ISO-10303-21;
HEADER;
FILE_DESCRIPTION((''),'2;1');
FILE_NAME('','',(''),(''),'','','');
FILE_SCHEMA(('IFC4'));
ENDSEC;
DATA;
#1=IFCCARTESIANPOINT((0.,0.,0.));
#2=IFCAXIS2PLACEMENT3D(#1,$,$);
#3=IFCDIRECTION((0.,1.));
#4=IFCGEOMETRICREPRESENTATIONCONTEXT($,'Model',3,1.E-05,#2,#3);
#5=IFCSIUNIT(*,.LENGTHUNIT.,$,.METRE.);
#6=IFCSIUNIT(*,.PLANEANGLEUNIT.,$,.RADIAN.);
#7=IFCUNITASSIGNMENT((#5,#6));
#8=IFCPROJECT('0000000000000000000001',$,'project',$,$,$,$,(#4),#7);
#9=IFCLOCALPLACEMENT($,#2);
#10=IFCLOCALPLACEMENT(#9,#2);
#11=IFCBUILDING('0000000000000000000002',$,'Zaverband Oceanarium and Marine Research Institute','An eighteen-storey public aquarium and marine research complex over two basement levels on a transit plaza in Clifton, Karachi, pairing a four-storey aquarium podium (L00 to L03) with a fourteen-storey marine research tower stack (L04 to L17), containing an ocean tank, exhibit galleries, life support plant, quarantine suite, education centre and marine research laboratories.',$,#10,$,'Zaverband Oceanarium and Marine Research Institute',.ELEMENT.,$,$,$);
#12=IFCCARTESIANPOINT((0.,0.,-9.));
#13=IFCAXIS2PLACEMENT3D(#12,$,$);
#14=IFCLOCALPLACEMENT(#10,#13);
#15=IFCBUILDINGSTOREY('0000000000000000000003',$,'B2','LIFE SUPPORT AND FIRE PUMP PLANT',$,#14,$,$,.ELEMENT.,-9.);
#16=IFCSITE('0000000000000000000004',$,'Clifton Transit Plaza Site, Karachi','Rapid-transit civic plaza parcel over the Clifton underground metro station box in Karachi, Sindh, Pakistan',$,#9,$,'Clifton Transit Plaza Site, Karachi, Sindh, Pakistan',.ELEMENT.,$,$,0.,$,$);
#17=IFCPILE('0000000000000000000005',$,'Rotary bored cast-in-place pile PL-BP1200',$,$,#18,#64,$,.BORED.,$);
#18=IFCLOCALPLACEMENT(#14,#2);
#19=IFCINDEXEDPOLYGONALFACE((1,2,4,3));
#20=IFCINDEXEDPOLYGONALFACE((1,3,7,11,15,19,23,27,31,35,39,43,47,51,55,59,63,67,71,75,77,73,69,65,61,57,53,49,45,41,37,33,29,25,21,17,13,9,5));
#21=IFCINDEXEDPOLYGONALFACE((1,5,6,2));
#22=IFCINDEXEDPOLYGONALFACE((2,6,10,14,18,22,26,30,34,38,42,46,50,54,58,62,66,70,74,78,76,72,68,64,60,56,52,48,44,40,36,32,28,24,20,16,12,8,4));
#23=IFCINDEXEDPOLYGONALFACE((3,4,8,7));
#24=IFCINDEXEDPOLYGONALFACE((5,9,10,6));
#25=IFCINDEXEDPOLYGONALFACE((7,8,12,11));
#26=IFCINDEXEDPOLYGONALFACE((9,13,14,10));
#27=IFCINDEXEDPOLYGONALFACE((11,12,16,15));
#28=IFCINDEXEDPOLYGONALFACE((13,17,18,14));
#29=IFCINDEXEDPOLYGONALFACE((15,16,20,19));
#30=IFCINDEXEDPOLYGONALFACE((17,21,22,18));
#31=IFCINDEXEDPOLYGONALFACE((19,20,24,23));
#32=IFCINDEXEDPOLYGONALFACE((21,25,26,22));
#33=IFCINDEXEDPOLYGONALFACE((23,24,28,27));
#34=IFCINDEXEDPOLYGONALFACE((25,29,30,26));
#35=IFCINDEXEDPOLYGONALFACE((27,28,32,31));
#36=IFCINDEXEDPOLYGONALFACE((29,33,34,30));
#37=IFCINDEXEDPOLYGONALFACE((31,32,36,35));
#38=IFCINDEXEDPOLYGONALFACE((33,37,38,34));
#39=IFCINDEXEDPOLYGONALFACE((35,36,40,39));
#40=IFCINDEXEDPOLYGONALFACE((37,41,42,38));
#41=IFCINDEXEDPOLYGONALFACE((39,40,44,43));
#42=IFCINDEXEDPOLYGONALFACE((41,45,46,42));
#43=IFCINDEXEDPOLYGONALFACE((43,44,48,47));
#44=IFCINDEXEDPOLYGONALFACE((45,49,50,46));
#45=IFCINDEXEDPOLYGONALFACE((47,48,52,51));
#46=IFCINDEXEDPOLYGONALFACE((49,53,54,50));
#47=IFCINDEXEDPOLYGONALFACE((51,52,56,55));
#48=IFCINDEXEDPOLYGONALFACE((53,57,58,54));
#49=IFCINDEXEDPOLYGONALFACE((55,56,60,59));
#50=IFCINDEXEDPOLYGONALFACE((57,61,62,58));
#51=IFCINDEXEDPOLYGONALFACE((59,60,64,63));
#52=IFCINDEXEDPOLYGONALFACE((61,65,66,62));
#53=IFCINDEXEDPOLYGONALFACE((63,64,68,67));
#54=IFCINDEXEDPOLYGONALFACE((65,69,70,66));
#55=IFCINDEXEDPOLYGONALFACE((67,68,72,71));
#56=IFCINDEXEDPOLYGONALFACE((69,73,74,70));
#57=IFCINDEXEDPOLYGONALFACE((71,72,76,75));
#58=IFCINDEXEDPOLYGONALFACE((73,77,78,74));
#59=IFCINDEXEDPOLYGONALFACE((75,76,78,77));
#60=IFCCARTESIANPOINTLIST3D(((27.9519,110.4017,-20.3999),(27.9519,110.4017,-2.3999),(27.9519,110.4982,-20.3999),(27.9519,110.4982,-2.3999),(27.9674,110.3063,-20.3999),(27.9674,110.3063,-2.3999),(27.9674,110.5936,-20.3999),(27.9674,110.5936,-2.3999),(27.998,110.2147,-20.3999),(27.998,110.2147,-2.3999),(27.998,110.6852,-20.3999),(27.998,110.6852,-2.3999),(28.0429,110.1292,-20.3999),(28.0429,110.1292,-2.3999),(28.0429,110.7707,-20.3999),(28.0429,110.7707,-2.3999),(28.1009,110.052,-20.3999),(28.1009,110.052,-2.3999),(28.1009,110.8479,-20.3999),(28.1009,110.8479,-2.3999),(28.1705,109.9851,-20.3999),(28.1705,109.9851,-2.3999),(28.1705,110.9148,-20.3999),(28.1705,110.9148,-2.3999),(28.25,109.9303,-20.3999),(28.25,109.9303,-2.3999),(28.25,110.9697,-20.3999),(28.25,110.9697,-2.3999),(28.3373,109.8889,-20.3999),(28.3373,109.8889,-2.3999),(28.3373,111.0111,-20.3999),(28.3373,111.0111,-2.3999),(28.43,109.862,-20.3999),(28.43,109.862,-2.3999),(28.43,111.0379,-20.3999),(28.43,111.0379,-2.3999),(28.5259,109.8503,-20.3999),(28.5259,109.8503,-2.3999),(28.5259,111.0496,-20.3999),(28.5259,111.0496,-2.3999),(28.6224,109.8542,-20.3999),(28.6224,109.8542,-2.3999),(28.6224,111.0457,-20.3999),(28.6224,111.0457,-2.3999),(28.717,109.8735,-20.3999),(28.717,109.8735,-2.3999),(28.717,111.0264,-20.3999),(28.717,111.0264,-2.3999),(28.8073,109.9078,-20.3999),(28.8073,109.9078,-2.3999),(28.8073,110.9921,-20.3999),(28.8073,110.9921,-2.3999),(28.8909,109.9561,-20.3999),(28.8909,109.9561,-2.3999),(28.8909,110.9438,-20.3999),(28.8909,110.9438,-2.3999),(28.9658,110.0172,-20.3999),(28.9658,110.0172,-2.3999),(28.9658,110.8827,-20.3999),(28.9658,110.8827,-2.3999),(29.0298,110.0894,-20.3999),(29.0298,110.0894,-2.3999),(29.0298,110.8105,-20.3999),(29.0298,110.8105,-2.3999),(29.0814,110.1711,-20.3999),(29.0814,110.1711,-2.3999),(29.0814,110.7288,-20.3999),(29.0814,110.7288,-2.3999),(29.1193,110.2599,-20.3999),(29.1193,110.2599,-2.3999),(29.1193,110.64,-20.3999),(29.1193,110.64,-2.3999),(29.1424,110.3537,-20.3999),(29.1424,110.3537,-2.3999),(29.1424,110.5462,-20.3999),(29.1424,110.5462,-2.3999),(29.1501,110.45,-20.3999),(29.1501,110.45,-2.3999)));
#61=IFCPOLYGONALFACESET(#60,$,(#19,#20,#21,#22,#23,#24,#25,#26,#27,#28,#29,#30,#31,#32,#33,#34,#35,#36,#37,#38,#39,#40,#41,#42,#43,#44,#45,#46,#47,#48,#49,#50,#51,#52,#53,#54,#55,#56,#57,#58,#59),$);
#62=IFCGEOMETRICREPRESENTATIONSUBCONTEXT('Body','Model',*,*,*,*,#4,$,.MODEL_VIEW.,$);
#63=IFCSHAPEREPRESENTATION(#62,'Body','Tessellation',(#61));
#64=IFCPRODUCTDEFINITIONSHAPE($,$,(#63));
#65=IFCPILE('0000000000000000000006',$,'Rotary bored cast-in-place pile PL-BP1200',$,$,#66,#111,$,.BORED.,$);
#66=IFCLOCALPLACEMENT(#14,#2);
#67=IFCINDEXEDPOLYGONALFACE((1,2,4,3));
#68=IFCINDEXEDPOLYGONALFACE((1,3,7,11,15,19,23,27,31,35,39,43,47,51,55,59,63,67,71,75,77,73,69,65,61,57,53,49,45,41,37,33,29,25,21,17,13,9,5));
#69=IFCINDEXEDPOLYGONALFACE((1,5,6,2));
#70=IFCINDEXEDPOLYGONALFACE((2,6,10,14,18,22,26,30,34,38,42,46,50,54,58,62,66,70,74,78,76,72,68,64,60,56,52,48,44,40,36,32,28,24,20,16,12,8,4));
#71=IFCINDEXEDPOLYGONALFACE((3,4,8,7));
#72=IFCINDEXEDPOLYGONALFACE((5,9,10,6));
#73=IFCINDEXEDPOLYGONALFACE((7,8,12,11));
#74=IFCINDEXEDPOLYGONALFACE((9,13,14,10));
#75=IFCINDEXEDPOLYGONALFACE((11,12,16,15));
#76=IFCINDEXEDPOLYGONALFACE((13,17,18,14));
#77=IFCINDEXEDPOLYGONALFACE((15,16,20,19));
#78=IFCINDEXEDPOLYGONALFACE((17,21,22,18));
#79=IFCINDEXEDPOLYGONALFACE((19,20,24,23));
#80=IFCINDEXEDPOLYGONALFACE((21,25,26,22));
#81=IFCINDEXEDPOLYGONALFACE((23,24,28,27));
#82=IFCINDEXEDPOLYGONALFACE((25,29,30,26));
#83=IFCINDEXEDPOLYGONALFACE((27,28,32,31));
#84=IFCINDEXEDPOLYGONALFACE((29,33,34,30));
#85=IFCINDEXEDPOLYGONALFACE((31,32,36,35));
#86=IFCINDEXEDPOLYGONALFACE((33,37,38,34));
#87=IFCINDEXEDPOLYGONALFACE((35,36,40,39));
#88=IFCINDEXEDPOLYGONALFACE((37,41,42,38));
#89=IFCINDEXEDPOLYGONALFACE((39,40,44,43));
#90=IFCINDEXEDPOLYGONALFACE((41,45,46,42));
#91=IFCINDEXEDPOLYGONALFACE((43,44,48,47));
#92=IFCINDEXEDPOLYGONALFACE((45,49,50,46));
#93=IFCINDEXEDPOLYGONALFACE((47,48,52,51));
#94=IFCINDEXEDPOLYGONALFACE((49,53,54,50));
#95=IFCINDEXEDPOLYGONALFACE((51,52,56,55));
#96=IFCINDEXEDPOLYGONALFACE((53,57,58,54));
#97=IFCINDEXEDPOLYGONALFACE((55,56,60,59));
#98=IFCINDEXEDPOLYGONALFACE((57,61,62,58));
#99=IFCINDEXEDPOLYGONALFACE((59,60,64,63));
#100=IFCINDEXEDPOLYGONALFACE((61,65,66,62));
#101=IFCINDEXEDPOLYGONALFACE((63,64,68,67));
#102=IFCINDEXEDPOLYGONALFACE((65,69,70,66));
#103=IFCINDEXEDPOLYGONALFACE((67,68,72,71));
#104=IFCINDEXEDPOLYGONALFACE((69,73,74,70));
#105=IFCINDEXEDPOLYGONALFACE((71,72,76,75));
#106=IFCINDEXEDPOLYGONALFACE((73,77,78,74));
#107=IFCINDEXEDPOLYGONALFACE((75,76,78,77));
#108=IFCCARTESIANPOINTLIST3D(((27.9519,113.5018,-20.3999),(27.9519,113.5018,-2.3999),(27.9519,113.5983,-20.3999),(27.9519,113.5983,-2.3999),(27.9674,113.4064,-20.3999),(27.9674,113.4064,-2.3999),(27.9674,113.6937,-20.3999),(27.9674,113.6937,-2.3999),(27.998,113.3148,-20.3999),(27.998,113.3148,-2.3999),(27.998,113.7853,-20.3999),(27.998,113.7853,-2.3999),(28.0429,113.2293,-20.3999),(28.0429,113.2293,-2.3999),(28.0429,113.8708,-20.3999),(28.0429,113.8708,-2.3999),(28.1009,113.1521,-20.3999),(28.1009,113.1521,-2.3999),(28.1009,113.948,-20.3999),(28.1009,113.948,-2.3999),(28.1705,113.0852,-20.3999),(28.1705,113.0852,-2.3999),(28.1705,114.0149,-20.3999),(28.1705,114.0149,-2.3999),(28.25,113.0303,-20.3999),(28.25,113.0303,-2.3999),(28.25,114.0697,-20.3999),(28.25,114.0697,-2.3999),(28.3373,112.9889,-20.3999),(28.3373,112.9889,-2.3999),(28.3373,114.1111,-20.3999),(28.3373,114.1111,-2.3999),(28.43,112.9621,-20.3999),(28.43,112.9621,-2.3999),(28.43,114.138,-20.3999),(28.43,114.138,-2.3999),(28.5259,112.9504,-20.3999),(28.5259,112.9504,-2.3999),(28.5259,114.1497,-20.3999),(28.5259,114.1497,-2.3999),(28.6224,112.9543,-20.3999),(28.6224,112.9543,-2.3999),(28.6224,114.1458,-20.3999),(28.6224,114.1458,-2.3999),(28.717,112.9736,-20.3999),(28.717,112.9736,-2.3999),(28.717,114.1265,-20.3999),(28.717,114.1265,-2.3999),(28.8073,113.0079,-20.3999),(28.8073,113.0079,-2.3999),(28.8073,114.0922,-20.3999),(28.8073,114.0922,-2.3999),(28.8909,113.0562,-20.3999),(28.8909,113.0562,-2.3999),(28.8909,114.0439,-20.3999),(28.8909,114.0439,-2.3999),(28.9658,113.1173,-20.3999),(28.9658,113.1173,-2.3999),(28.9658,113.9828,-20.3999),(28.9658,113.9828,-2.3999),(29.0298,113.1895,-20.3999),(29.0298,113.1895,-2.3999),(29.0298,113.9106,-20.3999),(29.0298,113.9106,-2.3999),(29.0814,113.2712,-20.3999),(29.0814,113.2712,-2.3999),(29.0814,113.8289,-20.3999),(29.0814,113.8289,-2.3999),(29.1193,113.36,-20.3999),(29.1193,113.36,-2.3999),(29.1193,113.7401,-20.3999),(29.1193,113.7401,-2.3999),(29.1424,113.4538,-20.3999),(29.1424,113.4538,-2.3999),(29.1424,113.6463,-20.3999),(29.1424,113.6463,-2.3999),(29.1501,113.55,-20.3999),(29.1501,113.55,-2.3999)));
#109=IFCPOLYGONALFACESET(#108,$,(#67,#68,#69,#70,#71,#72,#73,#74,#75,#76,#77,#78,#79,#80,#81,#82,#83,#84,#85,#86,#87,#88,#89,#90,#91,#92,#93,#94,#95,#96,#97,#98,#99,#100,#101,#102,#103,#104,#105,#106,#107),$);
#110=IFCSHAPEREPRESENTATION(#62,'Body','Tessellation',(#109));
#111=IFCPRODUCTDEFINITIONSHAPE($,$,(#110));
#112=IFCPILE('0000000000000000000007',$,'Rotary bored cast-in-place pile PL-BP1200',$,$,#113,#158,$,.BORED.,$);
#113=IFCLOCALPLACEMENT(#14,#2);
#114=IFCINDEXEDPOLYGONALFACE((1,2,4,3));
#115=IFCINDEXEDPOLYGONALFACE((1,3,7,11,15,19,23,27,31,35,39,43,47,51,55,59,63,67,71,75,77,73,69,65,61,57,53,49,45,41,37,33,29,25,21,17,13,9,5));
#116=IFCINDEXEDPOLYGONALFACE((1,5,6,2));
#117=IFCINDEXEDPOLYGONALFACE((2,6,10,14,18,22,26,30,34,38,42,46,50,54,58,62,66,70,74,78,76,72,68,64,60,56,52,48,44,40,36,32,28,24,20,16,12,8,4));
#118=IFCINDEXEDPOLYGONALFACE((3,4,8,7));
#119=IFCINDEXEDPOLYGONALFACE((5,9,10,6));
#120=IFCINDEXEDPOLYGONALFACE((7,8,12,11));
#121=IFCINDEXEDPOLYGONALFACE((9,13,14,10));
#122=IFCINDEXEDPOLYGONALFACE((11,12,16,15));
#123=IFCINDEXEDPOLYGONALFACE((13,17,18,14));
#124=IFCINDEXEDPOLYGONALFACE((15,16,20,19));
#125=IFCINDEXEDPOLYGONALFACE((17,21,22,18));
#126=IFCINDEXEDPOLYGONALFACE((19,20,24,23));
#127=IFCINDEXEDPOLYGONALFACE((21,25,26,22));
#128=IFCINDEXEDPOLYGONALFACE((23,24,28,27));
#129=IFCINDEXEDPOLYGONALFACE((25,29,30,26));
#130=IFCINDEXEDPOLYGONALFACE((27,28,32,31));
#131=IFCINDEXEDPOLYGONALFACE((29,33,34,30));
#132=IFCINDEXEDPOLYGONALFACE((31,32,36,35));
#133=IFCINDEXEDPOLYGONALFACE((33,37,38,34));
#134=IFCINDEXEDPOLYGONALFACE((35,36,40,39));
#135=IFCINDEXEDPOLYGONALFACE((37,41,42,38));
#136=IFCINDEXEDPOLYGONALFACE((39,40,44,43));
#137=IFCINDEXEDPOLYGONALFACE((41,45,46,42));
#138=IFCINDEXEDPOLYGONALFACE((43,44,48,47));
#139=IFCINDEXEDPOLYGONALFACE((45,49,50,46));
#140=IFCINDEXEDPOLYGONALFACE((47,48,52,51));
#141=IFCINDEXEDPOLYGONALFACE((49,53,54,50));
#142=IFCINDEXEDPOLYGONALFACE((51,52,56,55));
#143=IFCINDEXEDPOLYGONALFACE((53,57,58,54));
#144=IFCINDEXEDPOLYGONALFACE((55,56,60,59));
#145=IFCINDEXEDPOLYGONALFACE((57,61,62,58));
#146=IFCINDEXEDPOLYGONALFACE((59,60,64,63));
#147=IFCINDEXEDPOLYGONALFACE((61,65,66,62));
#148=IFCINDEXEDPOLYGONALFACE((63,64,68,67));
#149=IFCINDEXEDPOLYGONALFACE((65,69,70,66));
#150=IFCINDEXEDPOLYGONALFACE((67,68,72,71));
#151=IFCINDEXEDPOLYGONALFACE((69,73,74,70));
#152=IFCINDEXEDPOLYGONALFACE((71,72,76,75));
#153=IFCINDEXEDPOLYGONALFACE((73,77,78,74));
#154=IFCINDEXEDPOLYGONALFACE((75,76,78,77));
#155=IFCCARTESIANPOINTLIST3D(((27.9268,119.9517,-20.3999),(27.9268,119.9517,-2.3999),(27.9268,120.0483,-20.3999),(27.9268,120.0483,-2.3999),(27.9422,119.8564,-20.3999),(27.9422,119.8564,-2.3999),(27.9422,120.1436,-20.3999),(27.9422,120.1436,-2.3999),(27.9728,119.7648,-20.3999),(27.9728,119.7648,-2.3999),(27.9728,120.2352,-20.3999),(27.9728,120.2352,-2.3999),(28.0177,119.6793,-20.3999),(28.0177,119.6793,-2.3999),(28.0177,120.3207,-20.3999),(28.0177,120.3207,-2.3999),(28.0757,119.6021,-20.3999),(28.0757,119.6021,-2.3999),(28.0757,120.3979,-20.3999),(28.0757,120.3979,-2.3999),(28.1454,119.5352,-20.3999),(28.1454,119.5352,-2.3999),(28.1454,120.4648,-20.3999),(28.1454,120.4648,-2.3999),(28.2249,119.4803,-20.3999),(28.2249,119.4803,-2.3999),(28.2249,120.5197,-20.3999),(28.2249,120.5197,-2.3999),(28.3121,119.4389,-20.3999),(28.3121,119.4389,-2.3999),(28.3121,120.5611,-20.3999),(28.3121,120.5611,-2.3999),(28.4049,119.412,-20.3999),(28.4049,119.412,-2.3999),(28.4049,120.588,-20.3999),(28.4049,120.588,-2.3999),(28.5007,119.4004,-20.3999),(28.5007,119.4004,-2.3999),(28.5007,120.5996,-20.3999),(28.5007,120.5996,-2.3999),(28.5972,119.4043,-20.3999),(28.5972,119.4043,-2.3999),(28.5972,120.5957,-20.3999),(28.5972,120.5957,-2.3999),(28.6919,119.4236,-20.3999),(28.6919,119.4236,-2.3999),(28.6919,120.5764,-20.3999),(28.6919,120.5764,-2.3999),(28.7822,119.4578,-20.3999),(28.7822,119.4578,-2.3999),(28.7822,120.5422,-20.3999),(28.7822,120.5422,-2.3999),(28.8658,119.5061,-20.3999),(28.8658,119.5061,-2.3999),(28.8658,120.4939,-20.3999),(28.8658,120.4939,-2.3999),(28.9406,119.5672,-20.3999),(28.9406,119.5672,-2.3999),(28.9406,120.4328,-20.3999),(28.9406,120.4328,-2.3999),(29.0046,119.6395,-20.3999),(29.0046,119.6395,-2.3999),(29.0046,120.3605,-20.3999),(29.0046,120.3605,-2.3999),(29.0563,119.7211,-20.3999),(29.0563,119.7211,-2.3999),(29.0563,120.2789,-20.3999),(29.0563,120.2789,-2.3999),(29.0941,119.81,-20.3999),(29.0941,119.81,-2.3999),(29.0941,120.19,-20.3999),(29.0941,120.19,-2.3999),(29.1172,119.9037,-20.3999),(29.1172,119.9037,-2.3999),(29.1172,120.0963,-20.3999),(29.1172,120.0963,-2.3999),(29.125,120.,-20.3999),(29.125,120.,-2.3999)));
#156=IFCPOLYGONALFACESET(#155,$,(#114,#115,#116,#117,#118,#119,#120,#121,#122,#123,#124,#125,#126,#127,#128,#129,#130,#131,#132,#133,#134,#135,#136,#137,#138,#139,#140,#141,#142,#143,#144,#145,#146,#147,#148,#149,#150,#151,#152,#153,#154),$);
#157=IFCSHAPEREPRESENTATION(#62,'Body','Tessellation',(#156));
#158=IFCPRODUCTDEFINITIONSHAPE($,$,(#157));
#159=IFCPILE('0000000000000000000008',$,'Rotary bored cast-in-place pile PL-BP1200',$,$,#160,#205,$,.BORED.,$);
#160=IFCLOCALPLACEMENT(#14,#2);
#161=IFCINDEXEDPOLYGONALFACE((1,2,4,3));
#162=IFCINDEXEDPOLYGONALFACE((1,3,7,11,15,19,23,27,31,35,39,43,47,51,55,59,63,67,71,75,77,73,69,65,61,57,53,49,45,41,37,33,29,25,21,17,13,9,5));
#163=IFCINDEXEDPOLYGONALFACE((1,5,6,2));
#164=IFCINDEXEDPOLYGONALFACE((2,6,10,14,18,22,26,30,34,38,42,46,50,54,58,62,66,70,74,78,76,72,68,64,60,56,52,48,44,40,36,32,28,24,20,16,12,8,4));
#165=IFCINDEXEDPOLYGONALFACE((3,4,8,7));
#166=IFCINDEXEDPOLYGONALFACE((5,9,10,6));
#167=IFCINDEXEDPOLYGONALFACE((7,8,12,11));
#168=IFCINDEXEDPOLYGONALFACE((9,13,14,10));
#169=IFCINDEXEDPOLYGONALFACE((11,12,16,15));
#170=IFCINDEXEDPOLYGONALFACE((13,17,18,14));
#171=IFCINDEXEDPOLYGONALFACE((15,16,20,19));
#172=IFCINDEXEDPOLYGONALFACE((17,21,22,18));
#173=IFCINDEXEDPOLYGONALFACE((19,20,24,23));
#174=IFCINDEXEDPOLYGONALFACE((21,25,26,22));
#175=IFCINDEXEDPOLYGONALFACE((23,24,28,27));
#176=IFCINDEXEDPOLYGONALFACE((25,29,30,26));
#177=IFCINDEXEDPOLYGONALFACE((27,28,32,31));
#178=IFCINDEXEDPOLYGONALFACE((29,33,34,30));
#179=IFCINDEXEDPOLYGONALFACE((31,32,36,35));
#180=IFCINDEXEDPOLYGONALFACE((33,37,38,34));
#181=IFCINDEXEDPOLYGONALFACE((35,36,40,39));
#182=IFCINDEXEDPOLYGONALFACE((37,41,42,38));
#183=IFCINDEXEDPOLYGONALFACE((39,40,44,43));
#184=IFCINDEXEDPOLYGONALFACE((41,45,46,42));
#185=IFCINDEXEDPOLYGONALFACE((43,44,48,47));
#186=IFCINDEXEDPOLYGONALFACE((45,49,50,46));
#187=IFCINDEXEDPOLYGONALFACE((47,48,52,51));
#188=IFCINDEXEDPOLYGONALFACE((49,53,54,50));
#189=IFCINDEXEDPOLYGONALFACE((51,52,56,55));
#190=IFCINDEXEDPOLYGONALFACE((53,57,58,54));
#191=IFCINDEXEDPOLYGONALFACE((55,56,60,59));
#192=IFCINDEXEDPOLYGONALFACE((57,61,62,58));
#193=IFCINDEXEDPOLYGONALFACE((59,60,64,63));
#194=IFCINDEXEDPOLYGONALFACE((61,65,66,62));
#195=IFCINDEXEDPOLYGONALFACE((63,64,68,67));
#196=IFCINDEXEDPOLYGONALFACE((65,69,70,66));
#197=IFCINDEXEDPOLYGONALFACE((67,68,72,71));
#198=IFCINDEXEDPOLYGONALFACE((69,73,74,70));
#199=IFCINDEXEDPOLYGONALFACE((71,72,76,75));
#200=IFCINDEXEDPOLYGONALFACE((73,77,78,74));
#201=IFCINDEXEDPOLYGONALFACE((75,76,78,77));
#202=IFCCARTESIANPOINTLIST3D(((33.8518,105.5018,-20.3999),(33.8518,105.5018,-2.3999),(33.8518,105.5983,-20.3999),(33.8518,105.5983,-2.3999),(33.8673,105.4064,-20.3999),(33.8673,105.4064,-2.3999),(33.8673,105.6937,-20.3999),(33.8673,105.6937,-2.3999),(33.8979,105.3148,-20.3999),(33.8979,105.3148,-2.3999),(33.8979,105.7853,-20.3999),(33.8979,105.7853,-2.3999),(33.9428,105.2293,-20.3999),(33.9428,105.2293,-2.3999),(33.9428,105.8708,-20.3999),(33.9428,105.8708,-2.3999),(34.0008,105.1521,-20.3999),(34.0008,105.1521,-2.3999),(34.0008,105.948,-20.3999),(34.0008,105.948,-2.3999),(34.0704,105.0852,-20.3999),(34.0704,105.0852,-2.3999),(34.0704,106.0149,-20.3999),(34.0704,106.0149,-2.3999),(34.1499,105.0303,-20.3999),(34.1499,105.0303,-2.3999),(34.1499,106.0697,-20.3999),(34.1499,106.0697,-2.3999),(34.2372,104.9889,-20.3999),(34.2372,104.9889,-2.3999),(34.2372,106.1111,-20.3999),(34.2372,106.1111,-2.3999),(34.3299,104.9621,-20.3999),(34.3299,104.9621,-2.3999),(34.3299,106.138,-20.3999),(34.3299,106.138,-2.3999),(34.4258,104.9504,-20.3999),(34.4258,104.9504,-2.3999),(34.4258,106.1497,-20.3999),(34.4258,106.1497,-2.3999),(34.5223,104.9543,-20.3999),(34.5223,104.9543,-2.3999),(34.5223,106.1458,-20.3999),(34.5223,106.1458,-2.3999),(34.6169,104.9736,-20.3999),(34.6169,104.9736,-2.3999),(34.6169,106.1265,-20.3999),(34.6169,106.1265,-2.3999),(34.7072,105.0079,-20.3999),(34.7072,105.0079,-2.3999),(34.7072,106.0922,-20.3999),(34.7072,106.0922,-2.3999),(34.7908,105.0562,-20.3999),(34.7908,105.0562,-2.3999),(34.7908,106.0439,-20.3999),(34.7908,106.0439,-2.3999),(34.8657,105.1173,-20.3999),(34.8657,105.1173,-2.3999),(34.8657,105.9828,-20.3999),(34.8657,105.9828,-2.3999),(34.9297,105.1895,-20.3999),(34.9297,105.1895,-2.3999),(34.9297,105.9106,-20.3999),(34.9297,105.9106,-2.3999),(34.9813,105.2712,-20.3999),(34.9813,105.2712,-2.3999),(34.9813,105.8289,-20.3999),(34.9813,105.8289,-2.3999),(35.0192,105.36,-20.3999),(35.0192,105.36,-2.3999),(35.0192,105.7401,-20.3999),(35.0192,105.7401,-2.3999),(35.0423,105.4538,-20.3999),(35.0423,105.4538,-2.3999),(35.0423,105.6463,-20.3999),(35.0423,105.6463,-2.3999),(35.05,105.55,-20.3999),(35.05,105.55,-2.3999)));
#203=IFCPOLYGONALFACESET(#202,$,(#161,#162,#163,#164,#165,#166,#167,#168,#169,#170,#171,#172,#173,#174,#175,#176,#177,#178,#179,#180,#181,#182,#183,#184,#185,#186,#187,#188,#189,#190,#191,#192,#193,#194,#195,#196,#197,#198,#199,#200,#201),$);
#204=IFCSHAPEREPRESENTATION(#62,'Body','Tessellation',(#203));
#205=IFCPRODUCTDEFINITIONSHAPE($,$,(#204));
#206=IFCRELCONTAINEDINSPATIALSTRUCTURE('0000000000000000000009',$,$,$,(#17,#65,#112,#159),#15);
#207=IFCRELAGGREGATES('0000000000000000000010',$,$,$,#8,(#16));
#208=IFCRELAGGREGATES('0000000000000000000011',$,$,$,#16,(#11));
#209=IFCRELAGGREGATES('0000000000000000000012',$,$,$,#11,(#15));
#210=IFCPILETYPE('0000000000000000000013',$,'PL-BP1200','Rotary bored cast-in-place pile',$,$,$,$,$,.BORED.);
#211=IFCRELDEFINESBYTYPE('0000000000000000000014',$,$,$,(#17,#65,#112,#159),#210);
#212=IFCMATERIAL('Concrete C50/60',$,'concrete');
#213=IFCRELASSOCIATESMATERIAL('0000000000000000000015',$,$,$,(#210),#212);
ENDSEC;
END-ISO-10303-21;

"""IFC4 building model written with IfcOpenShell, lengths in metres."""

from ifc_helpers import new_model, si_unit, direction, frame, origin, origin_2d, place, context, subcontext, project, spatial, circle, extrude, material, material_profile, profile_set, type_object, element, save


model = new_model("IFC4")

# Units and contexts
model_context = context("Model", 3, precision=1e-05, world=origin(), true_north=direction((0.0, 1.0)))
body_context = subcontext(model_context, "Body", "Model", "MODEL_VIEW")
ifc_project = project(units=[si_unit("LENGTHUNIT", "METRE"), si_unit("PLANEANGLEUNIT", "RADIAN")], contexts=[model_context])

# Site, building, storey
site_placement = place(None, origin())
site = spatial("IfcSite", under=ifc_project, at=site_placement, Name="Clifton Transit Plaza Site, Karachi", Description="Rapid-transit civic plaza parcel over the Clifton underground metro station box in Karachi, Sindh, Pakistan", LongName="Clifton Transit Plaza Site, Karachi, Sindh, Pakistan", CompositionType="ELEMENT", RefElevation=0.0)
building_placement = place(site_placement, origin())
building = spatial("IfcBuilding", under=site, at=building_placement, Name="Zaverband Oceanarium and Marine Research Institute", Description="An eighteen-storey public aquarium and marine research complex over two basement levels on a transit plaza in Clifton, Karachi, pairing a four-storey aquarium podium (L00 to L03) with a fourteen-storey marine research tower stack (L04 to L17), containing an ocean tank, exhibit galleries, life support plant, quarantine suite, education centre and marine research laboratories.", LongName="Zaverband Oceanarium and Marine Research Institute", CompositionType="ELEMENT")
storey_placement = place(building_placement, frame((0.0, 0.0, -9.0)))
storey = spatial("IfcBuildingStorey", under=building, at=storey_placement, Name="B2", Description="LIFE SUPPORT AND FIRE PUMP PLANT", CompositionType="ELEMENT", Elevation=-9.0)

# Shared definitions
ifc_material_1 = material(Name="Concrete C50/60", Category="concrete")

# Piles
ifc_material_profile_1 = material_profile(ifc_material_1, circle(Radius=0.6001, at=origin_2d()), Name="BP1200")
ifc_profile_set_1 = profile_set([ifc_material_profile_1], Name="Concrete C50/60")
pile_type_1 = type_object("IfcPileType", Name="PL-BP1200", Description="Rotary bored cast-in-place pile", PredefinedType="BORED", material=ifc_profile_set_1)
for number, where, z_axis, x_axis, name in (
    (1, (28.55, 110.45, -2.3999), (0.0, 0.0, -1.0), (1.0, 0.0, 0.0), "Rotary bored cast-in-place pile PL-BP1200"),
    (2, (28.55, 113.55, -2.3999), (0.0, 0.0, -1.0), (1.0, 0.0, 0.0), "Rotary bored cast-in-place pile PL-BP1200"),
    (3, (28.5249, 120.0, -2.3999), (0.0, 0.0, -1.0), (1.0, 0.0, 0.0), "Rotary bored cast-in-place pile PL-BP1200"),
    (4, (34.45, 105.55, -2.3999), (0.0, 0.0, -1.0), (1.0, 0.0, 0.0), "Rotary bored cast-in-place pile PL-BP1200"),
):
    element("IfcPile", number, at=place(storey_placement, frame(where, z_axis=z_axis, x_axis=x_axis)), inside=storey, type_object=pile_type_1, Name=name, PredefinedType="BORED", context=body_context, shape_type="SweptSolid", body=[
        extrude(circle(Radius=0.6001, at=origin_2d()), origin(), (0.0, 0.0, 1.0), 18.0),
    ])

save(model, "model.ifc")
